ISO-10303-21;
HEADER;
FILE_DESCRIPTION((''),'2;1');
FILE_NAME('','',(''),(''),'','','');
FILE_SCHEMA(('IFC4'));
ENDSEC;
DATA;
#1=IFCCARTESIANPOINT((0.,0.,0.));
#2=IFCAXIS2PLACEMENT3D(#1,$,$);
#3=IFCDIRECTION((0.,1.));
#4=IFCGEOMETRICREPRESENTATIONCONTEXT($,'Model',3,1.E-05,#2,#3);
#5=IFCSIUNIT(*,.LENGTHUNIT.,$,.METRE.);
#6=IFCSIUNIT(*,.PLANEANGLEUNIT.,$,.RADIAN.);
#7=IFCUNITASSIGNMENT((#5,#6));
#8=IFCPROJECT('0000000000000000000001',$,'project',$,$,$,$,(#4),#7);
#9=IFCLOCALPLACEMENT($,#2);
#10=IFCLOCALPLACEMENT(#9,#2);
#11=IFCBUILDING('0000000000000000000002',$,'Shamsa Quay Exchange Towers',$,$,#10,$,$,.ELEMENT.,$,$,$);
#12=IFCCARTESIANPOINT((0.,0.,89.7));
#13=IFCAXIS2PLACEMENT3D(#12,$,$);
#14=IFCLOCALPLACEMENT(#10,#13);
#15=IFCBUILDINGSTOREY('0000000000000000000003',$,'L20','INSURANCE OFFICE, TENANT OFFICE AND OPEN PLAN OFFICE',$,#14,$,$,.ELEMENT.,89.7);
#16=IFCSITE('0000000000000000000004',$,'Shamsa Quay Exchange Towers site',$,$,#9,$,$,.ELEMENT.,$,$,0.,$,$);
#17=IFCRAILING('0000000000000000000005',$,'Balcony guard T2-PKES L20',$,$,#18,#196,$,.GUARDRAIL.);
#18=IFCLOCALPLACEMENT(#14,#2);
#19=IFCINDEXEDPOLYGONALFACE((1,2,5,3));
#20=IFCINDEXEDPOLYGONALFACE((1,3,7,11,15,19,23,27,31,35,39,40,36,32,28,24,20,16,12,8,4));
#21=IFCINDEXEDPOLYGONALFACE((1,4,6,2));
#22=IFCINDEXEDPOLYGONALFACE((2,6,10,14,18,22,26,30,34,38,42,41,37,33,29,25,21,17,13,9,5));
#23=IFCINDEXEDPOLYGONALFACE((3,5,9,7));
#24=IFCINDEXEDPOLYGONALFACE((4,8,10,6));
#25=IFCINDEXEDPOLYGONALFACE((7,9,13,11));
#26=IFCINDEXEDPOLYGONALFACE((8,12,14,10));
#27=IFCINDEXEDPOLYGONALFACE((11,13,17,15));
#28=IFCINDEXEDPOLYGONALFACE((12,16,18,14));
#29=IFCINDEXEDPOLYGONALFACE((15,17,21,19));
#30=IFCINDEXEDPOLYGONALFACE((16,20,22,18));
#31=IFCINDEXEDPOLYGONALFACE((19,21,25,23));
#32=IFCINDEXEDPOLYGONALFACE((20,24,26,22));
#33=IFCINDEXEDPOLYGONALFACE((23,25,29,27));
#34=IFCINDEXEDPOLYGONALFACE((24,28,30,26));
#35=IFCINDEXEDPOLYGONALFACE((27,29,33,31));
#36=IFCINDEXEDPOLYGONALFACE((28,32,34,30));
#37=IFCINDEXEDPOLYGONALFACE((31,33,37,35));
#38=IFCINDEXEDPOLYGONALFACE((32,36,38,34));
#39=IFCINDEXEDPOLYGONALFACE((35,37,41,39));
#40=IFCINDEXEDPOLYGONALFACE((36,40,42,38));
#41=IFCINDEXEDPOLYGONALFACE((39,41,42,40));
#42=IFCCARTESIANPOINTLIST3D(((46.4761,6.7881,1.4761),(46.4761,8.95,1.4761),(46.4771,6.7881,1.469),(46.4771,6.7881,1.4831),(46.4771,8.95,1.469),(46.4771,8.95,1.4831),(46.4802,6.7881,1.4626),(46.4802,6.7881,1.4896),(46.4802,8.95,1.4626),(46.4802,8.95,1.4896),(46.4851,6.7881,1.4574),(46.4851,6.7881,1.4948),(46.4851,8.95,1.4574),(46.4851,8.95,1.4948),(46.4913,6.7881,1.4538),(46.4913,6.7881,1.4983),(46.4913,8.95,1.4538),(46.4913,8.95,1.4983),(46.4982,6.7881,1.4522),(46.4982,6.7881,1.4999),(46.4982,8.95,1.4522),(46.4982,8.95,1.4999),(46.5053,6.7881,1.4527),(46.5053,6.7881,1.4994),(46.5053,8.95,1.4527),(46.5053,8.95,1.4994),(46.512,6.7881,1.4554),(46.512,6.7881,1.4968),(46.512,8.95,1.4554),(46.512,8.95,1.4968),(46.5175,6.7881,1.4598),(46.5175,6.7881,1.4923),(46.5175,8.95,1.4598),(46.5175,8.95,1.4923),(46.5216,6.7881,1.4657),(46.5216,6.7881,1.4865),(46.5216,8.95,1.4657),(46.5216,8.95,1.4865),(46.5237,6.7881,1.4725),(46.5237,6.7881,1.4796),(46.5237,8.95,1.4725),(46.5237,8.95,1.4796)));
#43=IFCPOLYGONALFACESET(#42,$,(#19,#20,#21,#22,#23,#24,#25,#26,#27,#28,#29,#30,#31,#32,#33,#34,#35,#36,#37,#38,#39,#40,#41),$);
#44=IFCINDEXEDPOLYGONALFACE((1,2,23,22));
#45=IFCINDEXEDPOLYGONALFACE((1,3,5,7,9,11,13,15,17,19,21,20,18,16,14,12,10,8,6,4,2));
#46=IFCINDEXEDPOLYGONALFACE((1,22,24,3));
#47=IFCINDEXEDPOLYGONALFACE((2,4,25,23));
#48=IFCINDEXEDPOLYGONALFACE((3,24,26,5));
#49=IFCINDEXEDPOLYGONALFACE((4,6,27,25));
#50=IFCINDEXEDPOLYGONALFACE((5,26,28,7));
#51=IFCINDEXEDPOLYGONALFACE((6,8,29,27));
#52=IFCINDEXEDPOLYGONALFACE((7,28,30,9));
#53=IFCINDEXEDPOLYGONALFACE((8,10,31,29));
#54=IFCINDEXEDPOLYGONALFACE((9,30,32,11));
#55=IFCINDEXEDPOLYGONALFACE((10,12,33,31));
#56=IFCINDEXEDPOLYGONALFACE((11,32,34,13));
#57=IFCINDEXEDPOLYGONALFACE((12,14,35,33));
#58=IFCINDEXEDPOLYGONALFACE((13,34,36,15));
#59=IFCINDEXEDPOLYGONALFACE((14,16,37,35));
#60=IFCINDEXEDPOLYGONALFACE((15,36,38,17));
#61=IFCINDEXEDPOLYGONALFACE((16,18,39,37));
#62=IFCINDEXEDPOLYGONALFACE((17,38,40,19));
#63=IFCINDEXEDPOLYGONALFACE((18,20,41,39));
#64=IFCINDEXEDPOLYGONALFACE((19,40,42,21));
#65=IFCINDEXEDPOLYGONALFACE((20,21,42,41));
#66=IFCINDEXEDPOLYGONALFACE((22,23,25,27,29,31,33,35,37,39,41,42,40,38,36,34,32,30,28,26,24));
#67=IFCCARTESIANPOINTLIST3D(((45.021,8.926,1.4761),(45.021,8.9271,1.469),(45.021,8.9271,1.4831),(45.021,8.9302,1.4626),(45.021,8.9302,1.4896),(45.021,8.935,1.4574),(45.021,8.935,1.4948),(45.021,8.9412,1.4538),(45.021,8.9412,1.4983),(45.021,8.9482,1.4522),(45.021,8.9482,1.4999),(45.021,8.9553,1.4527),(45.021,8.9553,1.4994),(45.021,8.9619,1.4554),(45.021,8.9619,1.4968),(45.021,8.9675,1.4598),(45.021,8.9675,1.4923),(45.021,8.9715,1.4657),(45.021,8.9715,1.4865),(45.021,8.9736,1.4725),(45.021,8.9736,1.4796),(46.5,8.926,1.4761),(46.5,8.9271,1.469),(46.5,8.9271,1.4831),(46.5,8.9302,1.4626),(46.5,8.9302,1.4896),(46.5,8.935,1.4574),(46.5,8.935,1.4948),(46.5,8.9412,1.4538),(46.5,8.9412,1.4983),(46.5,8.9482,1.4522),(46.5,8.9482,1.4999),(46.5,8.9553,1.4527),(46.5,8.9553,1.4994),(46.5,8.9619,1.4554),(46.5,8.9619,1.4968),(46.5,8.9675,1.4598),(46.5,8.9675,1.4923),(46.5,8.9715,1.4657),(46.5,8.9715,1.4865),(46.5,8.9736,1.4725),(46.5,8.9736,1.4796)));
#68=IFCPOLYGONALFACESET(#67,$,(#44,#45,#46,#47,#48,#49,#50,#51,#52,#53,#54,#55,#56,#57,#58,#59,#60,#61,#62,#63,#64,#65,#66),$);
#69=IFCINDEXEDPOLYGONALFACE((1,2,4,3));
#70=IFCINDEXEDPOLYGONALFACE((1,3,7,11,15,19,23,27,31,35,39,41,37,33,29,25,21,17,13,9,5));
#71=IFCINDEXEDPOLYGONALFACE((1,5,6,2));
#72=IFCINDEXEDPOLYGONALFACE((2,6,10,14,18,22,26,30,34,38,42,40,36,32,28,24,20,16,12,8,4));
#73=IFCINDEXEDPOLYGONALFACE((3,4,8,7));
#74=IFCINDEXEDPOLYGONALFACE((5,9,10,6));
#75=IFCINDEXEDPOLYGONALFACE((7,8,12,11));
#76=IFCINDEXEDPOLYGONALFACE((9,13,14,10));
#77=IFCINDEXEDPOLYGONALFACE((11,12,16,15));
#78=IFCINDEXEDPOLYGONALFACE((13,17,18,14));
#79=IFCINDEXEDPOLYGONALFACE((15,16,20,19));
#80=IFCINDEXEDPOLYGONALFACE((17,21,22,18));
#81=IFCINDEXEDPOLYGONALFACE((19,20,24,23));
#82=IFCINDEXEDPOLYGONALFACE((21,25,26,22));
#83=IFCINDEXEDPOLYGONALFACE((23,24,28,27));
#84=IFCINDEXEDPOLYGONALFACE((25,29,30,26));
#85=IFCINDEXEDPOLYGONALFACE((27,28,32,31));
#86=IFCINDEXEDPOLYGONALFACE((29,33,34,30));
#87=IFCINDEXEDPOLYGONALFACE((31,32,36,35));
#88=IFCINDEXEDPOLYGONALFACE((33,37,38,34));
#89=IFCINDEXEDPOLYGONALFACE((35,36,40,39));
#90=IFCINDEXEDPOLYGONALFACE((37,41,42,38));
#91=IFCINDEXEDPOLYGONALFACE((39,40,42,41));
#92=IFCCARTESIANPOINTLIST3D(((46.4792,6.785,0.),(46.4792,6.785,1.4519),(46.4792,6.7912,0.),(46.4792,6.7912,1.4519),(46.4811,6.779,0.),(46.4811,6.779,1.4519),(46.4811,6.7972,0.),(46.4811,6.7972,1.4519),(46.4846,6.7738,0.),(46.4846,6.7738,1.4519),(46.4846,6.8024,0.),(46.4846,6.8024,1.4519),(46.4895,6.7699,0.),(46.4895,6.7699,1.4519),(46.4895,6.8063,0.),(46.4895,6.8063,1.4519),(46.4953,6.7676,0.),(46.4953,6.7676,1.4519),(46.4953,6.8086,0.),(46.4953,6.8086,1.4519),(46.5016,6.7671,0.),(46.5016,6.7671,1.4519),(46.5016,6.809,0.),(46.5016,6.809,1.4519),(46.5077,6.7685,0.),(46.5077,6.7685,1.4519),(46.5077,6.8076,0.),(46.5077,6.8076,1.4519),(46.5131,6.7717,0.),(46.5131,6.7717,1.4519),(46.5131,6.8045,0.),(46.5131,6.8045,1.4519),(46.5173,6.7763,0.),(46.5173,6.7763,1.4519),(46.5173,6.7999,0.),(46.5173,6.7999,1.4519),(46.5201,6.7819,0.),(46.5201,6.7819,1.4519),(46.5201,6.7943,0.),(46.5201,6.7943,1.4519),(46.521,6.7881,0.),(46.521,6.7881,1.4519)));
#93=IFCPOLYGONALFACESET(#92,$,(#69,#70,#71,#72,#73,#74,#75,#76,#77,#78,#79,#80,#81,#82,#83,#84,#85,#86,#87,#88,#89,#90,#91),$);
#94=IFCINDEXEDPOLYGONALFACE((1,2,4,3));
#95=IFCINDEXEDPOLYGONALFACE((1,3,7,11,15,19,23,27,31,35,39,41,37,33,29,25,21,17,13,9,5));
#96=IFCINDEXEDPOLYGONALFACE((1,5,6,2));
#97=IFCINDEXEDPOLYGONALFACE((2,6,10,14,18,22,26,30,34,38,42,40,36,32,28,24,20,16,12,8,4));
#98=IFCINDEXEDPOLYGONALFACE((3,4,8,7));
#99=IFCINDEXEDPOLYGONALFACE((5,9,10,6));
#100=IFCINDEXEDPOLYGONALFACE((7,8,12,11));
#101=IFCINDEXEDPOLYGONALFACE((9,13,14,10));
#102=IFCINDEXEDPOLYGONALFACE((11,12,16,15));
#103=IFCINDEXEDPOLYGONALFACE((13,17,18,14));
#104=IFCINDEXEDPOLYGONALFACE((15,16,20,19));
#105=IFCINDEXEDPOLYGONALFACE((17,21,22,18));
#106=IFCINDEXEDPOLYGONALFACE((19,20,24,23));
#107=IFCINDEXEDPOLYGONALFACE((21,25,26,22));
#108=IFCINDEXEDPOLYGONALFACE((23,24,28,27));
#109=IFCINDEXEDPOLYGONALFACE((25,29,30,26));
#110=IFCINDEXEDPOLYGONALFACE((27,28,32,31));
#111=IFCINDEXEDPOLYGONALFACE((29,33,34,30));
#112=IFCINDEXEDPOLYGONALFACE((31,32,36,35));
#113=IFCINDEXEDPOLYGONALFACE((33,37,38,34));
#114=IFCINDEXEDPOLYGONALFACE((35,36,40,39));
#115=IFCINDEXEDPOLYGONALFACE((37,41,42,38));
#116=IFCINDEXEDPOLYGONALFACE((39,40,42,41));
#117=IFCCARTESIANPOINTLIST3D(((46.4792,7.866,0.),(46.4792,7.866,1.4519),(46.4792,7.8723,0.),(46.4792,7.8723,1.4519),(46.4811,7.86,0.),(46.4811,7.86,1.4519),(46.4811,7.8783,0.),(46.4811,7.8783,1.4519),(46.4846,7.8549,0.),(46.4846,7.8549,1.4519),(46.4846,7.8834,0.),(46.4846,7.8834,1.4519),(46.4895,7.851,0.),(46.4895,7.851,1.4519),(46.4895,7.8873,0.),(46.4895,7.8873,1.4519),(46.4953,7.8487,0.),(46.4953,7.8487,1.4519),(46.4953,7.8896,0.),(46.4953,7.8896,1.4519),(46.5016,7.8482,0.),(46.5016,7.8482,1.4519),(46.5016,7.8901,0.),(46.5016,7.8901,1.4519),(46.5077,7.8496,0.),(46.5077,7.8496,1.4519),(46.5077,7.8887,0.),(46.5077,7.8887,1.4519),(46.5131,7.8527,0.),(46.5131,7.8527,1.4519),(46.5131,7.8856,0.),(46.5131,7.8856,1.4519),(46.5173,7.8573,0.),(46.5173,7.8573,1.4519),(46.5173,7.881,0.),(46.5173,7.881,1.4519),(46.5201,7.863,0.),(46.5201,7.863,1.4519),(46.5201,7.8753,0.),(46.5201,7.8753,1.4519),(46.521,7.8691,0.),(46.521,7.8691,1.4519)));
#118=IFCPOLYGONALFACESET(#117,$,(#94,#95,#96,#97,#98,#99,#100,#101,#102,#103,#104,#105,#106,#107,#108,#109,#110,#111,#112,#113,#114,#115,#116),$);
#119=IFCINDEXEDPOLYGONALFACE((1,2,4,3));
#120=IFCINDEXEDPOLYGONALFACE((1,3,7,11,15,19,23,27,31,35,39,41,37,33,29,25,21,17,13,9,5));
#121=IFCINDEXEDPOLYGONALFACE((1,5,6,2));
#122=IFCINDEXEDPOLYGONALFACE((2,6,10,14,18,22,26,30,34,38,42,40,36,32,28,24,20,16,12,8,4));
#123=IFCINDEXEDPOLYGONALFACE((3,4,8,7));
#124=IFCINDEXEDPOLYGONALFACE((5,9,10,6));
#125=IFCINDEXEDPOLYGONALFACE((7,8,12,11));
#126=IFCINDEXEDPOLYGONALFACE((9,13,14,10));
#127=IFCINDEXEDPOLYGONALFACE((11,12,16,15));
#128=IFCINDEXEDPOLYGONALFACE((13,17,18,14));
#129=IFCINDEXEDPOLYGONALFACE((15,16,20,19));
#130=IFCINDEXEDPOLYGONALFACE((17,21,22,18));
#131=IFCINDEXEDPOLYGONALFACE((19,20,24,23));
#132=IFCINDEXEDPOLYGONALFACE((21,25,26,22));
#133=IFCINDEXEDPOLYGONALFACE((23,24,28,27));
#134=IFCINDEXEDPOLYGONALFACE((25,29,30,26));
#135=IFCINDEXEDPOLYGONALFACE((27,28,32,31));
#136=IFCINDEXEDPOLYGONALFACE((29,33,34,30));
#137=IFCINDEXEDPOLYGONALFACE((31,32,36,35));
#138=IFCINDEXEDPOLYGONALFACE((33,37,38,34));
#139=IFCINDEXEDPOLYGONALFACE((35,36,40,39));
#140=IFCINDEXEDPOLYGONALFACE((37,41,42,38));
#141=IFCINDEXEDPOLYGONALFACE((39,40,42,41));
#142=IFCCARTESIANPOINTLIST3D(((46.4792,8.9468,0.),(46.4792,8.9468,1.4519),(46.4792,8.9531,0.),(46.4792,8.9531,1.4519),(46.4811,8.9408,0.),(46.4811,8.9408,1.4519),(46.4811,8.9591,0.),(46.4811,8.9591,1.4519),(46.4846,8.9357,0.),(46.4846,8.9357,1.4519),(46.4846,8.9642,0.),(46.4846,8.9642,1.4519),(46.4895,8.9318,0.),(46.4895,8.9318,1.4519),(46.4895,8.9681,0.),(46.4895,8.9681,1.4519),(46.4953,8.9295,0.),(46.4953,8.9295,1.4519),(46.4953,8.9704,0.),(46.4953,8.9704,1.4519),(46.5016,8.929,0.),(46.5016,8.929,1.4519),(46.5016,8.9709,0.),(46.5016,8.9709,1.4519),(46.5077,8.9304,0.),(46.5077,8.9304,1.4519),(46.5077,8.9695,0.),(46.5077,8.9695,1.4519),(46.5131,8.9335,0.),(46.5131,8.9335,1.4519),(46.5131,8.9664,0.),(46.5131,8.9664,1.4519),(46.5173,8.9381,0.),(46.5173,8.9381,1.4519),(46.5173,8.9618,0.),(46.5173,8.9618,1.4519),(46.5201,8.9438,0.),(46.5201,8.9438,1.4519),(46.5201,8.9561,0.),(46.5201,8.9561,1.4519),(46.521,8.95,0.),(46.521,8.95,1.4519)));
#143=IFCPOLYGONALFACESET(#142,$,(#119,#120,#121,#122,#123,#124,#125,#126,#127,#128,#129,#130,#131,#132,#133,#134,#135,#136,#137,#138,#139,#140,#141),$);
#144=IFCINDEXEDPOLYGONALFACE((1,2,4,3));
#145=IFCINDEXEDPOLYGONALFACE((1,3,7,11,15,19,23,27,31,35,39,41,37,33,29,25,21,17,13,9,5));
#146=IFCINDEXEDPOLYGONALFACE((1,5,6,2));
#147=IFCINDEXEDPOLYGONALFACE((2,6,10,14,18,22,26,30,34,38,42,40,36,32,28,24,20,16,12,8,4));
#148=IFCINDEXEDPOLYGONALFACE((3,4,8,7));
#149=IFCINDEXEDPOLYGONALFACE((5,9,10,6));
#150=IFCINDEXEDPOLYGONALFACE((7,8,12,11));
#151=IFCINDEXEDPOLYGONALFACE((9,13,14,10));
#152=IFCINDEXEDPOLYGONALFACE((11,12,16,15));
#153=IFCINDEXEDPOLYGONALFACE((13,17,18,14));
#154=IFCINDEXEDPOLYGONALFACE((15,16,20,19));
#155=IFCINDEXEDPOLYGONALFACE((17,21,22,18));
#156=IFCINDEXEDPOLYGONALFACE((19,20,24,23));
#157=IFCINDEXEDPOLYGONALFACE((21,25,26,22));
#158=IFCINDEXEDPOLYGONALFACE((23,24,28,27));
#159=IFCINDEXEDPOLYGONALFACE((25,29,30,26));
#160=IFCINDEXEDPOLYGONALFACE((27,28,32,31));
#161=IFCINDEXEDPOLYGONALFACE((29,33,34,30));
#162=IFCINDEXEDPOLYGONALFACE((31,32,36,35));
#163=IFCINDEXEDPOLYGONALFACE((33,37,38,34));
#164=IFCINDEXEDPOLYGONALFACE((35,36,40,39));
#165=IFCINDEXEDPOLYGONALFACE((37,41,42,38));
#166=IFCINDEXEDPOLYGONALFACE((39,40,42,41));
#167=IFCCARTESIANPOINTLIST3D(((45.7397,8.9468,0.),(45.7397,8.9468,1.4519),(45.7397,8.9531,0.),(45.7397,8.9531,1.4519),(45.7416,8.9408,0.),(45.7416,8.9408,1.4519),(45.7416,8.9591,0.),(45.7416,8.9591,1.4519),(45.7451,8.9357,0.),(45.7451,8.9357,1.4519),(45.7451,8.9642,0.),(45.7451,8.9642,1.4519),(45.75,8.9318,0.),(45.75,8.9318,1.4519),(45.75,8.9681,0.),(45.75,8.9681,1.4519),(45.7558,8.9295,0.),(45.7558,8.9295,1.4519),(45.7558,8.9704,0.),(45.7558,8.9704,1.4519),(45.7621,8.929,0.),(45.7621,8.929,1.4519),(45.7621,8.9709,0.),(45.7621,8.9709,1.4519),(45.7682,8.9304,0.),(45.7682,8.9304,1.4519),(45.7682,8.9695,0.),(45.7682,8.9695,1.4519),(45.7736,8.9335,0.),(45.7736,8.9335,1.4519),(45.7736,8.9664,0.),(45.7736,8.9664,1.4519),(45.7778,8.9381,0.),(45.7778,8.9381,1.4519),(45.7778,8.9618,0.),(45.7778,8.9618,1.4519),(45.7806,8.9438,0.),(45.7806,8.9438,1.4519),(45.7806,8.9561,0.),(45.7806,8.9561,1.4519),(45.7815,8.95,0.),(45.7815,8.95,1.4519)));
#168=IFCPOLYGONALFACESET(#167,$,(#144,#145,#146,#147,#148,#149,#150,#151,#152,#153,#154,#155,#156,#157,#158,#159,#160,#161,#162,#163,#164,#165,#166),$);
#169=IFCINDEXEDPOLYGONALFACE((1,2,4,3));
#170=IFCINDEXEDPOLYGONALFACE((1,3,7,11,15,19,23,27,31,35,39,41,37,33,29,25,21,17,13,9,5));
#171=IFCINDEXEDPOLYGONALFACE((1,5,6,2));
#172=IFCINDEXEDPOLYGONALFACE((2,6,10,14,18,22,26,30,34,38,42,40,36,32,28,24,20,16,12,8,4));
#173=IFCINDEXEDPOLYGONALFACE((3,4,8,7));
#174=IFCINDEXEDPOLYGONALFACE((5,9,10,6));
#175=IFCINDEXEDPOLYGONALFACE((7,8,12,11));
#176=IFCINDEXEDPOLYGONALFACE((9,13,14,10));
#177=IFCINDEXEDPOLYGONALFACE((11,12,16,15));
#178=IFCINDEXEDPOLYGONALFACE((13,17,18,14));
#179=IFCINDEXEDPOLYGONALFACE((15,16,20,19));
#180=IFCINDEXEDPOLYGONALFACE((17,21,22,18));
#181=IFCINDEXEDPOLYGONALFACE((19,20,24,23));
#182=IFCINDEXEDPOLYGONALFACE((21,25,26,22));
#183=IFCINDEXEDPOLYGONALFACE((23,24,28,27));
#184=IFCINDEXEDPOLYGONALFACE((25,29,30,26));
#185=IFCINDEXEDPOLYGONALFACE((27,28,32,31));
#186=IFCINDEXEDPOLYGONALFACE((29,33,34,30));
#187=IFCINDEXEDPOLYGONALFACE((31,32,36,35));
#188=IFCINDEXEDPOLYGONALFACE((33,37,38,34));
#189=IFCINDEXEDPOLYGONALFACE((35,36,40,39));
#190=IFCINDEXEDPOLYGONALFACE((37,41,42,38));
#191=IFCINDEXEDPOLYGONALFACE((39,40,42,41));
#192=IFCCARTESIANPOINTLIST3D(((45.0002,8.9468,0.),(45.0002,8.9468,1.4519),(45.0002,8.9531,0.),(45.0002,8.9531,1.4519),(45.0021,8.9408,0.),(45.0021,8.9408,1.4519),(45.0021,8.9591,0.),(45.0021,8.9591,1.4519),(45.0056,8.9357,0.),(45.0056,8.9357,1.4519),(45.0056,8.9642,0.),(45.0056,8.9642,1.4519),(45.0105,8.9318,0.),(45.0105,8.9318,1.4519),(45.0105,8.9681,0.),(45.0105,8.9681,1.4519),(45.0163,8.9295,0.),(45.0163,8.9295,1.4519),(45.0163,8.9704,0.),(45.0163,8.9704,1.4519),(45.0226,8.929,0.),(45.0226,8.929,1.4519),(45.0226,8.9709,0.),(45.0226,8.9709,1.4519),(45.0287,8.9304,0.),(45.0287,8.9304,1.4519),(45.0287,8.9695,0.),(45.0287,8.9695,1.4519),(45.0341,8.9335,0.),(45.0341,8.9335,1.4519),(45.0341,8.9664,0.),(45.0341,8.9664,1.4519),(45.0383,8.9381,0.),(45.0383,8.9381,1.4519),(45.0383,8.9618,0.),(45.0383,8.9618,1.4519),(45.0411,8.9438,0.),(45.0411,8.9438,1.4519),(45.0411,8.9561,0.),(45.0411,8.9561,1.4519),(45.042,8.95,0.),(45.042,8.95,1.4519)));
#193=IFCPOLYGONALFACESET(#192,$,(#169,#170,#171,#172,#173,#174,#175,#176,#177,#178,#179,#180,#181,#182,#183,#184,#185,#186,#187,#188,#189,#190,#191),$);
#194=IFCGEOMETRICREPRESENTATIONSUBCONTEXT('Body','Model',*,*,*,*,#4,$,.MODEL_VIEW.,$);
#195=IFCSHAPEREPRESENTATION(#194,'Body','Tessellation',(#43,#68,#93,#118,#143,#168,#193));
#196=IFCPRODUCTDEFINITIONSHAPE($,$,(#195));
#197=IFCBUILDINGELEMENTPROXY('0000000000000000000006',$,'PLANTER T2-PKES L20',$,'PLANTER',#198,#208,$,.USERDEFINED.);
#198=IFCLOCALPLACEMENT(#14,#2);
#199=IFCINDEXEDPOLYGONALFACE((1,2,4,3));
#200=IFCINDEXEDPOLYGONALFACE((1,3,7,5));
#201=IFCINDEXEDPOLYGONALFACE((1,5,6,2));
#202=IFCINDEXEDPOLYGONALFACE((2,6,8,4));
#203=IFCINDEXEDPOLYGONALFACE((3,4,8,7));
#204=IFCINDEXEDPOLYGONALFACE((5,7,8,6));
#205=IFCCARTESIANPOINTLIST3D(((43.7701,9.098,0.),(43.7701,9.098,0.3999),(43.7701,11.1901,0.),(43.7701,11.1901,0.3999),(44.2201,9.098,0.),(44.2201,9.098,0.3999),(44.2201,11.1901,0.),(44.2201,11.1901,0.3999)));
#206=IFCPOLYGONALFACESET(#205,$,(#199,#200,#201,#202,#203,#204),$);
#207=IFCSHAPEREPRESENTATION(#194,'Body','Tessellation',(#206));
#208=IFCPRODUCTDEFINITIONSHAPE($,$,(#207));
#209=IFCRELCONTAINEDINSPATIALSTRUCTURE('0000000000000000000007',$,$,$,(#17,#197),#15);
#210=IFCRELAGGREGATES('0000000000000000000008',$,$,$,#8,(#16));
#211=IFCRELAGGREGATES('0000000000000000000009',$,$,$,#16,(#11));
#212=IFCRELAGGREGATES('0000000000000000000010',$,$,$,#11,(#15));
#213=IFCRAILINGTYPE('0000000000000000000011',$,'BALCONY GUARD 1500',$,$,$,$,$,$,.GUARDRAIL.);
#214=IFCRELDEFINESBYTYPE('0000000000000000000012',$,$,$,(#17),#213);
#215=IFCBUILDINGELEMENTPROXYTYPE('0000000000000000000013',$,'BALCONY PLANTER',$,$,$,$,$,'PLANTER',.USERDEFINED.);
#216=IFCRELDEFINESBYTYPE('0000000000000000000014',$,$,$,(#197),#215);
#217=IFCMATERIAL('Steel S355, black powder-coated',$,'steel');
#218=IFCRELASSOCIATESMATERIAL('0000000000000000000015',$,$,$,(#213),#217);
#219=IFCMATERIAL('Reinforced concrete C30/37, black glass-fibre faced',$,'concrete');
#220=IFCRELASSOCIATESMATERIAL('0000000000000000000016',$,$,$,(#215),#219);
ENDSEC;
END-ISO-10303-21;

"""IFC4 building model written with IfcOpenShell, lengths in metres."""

from ifc_helpers import new_model, si_unit, direction, frame, origin, origin_2d, place, context, subcontext, project, spatial, rectangle, circle, extrude, material, type_object, element, save


model = new_model("IFC4")

# Units and contexts
model_context = context("Model", 3, precision=1e-05, world=origin(), true_north=direction((0.0, 1.0)))
body_context = subcontext(model_context, "Body", "Model", "MODEL_VIEW")
ifc_project = project(units=[si_unit("LENGTHUNIT", "METRE"), si_unit("PLANEANGLEUNIT", "RADIAN")], contexts=[model_context])

# Site, building, storey
site_placement = place(None, origin())
site = spatial("IfcSite", under=ifc_project, at=site_placement, Name="Shamsa Quay Exchange Towers site", CompositionType="ELEMENT", RefElevation=0.0)
building_placement = place(site_placement, origin())
building = spatial("IfcBuilding", under=site, at=building_placement, Name="Shamsa Quay Exchange Towers", CompositionType="ELEMENT")
storey_placement = place(building_placement, frame((0.0, 0.0, 89.7)))
storey = spatial("IfcBuildingStorey", under=building, at=storey_placement, Name="L20", Description="INSURANCE OFFICE, TENANT OFFICE AND OPEN PLAN OFFICE", CompositionType="ELEMENT", Elevation=89.7)

# Railing
ifc_material_1 = material(Name="Steel S355, black powder-coated", Category="steel")
railing_type_1 = type_object("IfcRailingType", Name="BALCONY GUARD 1500", PredefinedType="GUARDRAIL", material=ifc_material_1)
for number, where, name in (
    (1, (46.5, 6.7881, 0.0), "Balcony guard T2-PKES L20"),
):
    element("IfcRailing", number, at=place(storey_placement, frame(where)), inside=storey, type_object=railing_type_1, Name=name, PredefinedType="GUARDRAIL", context=body_context, shape_type="SweptSolid", body=[
        extrude(circle(Radius=0.0239, at=origin_2d()), frame((0.0, 0.0, 1.4761), z_axis=(0.0, 1.0, 0.0), x_axis=(-1.0, 0.0, 0.0)), (0.0, 0.0, 1.0), 2.1619),
        extrude(circle(Radius=0.0239, at=origin_2d()), frame((0.0, 2.1619, 1.4761), z_axis=(-1.0, 0.0, 0.0), x_axis=(0.0, -1.0, 0.0)), (0.0, 0.0, 1.0), 1.479),
        extrude(circle(Radius=0.021, at=origin_2d()), origin(), (0.0, 0.0, 1.0), 1.4519),
        extrude(circle(Radius=0.021, at=origin_2d()), frame((0.0, 1.0811, 0.0)), (0.0, 0.0, 1.0), 1.4519),
        extrude(circle(Radius=0.021, at=origin_2d()), frame((0.0, 2.1619, 0.0)), (0.0, 0.0, 1.0), 1.4519),
        extrude(circle(Radius=0.021, at=origin_2d()), frame((-0.7395, 2.1619, 0.0)), (0.0, 0.0, 1.0), 1.4519),
        extrude(circle(Radius=0.021, at=origin_2d()), frame((-1.479, 2.1619, 0.0)), (0.0, 0.0, 1.0), 1.4519),
    ])

# Building element proxy
ifc_material_2 = material(Name="Reinforced concrete C30/37, black glass-fibre faced", Category="concrete")
building_element_proxy_type = type_object("IfcBuildingElementProxyType", Name="BALCONY PLANTER", ElementType="PLANTER", PredefinedType="USERDEFINED", material=ifc_material_2)
for number, where, z_axis, x_axis, name in (
    (2, (43.9951, 10.144, 0.0), (0.0, 0.0, 1.0), (0.0, 1.0, 0.0), "PLANTER T2-PKES L20"),
):
    element("IfcBuildingElementProxy", number, at=place(storey_placement, frame(where, z_axis=z_axis, x_axis=x_axis)), inside=storey, type_object=building_element_proxy_type, Name=name, ObjectType="PLANTER", PredefinedType="USERDEFINED", context=body_context, shape_type="SweptSolid", body=[
        extrude(rectangle(XDim=2.092, YDim=0.45, at=origin_2d()), origin(), (0.0, 0.0, 1.0), 0.3999),
    ])

save(model, "model.ifc")
